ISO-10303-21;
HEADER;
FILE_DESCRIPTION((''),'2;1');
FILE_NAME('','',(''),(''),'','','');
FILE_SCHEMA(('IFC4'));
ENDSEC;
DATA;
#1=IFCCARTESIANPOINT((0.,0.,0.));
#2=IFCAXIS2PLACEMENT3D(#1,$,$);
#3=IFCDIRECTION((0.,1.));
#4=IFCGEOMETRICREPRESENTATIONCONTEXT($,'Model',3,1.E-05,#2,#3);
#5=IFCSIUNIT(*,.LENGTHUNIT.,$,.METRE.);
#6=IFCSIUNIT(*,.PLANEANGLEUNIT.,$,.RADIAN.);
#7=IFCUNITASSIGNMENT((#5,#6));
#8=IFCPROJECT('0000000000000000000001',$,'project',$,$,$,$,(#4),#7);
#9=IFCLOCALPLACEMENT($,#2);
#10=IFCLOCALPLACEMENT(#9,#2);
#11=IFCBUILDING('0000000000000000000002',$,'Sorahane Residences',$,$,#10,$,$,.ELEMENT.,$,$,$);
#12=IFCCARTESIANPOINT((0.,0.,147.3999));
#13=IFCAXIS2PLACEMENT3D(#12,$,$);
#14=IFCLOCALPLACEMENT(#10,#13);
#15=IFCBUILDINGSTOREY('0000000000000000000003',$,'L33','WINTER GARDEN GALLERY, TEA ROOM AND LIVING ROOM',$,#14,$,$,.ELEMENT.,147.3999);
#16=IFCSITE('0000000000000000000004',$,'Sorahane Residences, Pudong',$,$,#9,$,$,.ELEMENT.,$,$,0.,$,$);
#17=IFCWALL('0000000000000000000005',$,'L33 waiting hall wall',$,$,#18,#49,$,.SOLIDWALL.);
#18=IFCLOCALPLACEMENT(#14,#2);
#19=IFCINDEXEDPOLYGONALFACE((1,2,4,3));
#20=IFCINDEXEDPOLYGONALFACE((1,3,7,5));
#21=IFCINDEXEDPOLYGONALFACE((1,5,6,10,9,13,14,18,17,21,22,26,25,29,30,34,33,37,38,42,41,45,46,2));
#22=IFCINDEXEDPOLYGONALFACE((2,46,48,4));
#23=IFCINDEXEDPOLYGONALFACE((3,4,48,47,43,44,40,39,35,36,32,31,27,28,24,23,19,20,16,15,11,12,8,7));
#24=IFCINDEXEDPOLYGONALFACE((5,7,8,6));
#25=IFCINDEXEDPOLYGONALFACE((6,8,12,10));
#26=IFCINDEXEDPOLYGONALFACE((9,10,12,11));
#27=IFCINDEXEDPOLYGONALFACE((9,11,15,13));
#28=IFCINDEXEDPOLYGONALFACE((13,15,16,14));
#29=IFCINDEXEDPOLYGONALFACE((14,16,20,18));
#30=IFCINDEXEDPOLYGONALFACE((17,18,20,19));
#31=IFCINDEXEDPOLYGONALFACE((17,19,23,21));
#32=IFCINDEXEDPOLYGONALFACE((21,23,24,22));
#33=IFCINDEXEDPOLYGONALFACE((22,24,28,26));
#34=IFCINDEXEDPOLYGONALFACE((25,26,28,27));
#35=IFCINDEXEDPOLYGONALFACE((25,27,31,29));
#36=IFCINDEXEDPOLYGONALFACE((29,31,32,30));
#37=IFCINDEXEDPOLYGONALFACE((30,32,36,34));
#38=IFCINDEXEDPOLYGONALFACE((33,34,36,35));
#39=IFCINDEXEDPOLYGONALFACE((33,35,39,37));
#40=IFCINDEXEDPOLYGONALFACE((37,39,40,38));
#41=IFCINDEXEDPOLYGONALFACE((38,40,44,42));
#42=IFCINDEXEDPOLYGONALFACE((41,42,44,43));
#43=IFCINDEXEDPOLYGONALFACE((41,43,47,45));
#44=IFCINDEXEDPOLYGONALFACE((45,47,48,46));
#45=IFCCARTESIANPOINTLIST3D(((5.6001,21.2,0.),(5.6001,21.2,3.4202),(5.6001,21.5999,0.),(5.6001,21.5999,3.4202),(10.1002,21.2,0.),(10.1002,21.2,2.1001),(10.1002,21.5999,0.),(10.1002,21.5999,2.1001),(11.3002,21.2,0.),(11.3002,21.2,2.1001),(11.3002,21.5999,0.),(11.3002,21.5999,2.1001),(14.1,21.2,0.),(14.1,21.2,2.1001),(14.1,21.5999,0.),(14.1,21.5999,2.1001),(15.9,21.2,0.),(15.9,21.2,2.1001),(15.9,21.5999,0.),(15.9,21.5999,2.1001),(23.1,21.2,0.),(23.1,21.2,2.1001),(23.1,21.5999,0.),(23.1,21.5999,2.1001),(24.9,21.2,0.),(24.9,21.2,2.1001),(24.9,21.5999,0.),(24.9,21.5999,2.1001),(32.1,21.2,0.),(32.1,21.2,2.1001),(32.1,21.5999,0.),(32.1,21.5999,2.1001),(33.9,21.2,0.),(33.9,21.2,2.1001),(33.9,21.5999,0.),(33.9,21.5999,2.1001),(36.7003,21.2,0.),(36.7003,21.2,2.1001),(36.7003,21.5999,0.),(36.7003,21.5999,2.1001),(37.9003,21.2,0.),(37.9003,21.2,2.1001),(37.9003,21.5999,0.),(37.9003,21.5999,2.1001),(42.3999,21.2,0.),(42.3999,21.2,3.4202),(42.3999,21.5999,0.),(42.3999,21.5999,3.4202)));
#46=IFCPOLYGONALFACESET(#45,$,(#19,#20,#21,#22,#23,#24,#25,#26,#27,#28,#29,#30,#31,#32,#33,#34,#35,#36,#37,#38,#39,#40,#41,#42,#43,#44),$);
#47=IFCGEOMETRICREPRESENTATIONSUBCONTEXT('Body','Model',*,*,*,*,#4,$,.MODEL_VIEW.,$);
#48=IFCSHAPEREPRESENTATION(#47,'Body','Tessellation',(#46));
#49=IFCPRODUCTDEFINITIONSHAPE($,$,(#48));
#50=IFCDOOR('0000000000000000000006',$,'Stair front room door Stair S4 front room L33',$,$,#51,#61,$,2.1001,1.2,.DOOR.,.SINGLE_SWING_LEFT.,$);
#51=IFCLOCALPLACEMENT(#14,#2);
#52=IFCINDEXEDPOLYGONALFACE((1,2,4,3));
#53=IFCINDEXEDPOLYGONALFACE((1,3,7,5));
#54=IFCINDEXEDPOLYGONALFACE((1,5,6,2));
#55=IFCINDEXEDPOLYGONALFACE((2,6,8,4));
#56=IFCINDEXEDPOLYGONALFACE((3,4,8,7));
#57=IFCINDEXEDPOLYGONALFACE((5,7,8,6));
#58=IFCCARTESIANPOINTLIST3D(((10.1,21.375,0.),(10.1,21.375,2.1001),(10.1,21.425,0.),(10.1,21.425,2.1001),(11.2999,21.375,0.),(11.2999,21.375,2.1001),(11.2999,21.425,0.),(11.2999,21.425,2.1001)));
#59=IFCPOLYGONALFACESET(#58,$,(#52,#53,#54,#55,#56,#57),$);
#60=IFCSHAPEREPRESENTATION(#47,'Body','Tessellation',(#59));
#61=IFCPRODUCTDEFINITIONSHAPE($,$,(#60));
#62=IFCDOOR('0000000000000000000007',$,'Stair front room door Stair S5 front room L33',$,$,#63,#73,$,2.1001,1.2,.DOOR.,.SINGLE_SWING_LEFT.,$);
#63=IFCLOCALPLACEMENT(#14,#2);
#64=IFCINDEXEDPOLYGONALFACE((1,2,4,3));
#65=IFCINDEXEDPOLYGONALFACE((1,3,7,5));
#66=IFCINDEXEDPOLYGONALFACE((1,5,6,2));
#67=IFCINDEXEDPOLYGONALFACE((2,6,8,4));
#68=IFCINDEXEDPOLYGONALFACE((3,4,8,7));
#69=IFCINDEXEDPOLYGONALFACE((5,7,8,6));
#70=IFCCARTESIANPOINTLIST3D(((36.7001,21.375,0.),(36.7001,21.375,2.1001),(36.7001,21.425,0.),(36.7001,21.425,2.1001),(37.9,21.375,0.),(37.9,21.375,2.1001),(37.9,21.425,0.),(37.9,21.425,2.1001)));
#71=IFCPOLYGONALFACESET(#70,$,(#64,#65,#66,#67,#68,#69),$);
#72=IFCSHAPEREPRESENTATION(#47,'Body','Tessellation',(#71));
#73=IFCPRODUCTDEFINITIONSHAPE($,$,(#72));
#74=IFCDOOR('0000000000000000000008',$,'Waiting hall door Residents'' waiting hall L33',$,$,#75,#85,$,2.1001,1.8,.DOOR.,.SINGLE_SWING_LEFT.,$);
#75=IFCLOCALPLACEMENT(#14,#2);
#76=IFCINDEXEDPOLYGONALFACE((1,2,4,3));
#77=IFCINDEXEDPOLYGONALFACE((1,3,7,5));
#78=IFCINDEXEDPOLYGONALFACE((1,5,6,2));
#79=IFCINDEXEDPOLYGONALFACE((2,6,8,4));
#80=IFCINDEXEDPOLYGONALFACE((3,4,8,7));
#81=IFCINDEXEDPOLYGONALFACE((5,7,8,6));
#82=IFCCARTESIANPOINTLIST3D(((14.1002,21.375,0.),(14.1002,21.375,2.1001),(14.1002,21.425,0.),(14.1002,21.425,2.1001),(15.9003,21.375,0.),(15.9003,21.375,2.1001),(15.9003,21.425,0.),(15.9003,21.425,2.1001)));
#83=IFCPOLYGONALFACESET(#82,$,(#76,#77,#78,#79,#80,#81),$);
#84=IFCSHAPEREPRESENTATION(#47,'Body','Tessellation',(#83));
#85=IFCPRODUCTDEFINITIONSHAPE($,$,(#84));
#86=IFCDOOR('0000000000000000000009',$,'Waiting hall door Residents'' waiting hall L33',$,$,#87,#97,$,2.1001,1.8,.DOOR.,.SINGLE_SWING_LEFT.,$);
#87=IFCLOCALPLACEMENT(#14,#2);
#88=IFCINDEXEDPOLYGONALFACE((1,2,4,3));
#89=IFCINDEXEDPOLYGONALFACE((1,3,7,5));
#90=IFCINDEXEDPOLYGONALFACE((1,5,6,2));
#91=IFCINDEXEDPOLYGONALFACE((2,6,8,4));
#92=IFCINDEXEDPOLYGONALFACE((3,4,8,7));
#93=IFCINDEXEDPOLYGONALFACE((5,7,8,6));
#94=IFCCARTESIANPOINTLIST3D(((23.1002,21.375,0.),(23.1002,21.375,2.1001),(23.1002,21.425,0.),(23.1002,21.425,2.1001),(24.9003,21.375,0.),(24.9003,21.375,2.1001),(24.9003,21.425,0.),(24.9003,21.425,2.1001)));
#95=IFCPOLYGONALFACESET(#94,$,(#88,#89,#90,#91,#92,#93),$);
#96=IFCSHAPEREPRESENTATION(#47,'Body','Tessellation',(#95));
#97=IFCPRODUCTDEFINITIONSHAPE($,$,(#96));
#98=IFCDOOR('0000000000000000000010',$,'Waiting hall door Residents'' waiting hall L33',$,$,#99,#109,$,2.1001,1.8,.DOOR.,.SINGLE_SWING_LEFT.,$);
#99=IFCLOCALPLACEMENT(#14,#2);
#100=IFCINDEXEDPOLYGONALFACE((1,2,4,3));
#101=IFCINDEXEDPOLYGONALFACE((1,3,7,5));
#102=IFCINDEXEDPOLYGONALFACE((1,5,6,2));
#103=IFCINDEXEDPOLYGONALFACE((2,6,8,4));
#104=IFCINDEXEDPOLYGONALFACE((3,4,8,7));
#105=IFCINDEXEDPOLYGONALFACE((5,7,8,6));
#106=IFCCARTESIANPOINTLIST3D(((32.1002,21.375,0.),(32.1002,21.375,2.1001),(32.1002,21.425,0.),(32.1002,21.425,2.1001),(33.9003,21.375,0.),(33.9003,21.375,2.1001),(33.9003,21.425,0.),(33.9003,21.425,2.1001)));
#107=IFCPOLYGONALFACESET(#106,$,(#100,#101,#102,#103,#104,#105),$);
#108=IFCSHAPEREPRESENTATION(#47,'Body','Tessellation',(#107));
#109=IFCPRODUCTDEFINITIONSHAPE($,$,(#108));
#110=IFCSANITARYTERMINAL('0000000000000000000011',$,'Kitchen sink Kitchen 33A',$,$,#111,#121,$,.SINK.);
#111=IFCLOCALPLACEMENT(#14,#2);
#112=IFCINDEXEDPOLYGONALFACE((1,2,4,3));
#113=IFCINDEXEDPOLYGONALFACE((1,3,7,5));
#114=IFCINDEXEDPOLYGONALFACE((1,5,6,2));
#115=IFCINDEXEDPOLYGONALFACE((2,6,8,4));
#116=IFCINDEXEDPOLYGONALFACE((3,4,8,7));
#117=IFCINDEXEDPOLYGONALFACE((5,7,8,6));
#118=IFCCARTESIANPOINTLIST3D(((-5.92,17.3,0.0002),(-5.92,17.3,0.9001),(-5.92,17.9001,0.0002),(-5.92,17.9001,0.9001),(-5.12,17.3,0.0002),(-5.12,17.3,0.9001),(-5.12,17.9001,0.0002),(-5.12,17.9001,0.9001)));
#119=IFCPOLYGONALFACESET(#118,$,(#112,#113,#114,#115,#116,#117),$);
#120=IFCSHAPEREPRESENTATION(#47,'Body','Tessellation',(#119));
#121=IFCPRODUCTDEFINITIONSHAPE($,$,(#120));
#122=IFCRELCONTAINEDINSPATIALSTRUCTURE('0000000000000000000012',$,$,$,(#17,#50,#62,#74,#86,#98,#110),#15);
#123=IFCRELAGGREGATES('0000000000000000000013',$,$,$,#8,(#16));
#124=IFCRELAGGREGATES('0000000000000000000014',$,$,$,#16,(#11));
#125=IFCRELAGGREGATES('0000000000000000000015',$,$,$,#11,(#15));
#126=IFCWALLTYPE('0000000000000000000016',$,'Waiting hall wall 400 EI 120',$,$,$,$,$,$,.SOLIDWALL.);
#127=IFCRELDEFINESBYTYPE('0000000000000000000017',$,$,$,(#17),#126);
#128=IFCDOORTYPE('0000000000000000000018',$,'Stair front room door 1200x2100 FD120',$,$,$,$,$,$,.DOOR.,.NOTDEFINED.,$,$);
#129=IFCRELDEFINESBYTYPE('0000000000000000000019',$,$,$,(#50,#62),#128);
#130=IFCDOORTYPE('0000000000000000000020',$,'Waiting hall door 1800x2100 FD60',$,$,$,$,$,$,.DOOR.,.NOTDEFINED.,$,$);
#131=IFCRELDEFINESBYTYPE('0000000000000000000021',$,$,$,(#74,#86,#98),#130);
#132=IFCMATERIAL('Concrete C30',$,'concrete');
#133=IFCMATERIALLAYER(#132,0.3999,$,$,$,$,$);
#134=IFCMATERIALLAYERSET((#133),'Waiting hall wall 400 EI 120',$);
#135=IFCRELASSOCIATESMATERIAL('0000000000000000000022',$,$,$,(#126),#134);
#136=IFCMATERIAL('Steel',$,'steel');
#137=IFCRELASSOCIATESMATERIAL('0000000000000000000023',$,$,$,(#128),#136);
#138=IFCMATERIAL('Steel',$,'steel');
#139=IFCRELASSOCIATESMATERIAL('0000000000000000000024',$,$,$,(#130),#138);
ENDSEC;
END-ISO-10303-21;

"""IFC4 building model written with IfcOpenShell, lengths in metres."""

from ifc_helpers import new_model, si_unit, direction, frame, frame_2d, origin, origin_2d, place, context, subcontext, project, spatial, rectangle, extrude, material, layer, layer_set, type_object, element, fill, save


model = new_model("IFC4")

# Units and contexts
model_context = context("Model", 3, precision=1e-05, world=origin(), true_north=direction((0.0, 1.0)))
body_context = subcontext(model_context, "Body", "Model", "MODEL_VIEW")
ifc_project = project(units=[si_unit("LENGTHUNIT", "METRE"), si_unit("PLANEANGLEUNIT", "RADIAN")], contexts=[model_context])

# Site, building, storey
site_placement = place(None, origin())
site = spatial("IfcSite", under=ifc_project, at=site_placement, Name="Sorahane Residences, Pudong", CompositionType="ELEMENT", RefElevation=0.0)
building_placement = place(site_placement, origin())
building = spatial("IfcBuilding", under=site, at=building_placement, Name="Sorahane Residences", CompositionType="ELEMENT")
storey_placement = place(building_placement, frame((0.0, 0.0, 147.3999)))
storey = spatial("IfcBuildingStorey", under=building, at=storey_placement, Name="L33", Description="WINTER GARDEN GALLERY, TEA ROOM AND LIVING ROOM", CompositionType="ELEMENT", Elevation=147.3999)

# Wall, openings, doors
ifc_material_1 = material(Name="Concrete C30", Category="concrete")
ifc_layer_1 = layer(ifc_material_1, 0.3999)
ifc_layer_set_1 = layer_set([ifc_layer_1], Name="Waiting hall wall 400 EI 120")
wall_type_1 = type_object("IfcWallType", Name="Waiting hall wall 400 EI 120", PredefinedType="SOLIDWALL", material=ifc_layer_set_1)
wall_1_placement = place(storey_placement, frame((5.6001, 21.3999, 0.0), z_axis=(0.0, 0.0, 1.0), x_axis=(1.0, 0.0, 0.0)))
wall_1 = element("IfcWall", 1, at=wall_1_placement, inside=storey, type_object=wall_type_1, Name="L33 waiting hall wall", PredefinedType="SOLIDWALL", context=body_context, shape_type="SweptSolid", body=[
    extrude(rectangle(XDim=36.7998, YDim=0.3999, at=frame_2d((18.3999, 0.0))), origin(), (0.0, 0.0, 1.0), 3.4202),
])
opening_1_placement = place(wall_1_placement, frame((8.5, 0.0, 0.0)))
opening_1 = element("IfcOpeningElement", 2, at=opening_1_placement, cuts=wall_1, PredefinedType="OPENING", context=body_context, shape_type="SweptSolid", body=[
    extrude(rectangle(XDim=1.8, YDim=2.1001, at=frame_2d((0.8999, 1.05))), frame((0.0, 0.21, 0.0), z_axis=(0.0, -1.0, 0.0), x_axis=(1.0, 0.0, 0.0)), (0.0, 0.0, 1.0), 0.4199),
])
opening_2_placement = place(wall_1_placement, frame((17.5, 0.0, 0.0)))
opening_2 = element("IfcOpeningElement", 3, at=opening_2_placement, cuts=wall_1, PredefinedType="OPENING", context=body_context, shape_type="SweptSolid", body=[
    extrude(rectangle(XDim=1.8, YDim=2.1001, at=frame_2d((0.8999, 1.05))), frame((0.0, 0.21, 0.0), z_axis=(0.0, -1.0, 0.0), x_axis=(1.0, 0.0, 0.0)), (0.0, 0.0, 1.0), 0.4199),
])
opening_3_placement = place(wall_1_placement, frame((26.5, 0.0, 0.0)))
opening_3 = element("IfcOpeningElement", 4, at=opening_3_placement, cuts=wall_1, PredefinedType="OPENING", context=body_context, shape_type="SweptSolid", body=[
    extrude(rectangle(XDim=1.8, YDim=2.1001, at=frame_2d((0.8999, 1.05))), frame((0.0, 0.21, 0.0), z_axis=(0.0, -1.0, 0.0), x_axis=(1.0, 0.0, 0.0)), (0.0, 0.0, 1.0), 0.4199),
])
opening_4_placement = place(wall_1_placement, frame((4.5, 0.0, 0.0)))
opening_4 = element("IfcOpeningElement", 5, at=opening_4_placement, cuts=wall_1, PredefinedType="OPENING", context=body_context, shape_type="SweptSolid", body=[
    extrude(rectangle(XDim=1.2, YDim=2.1001, at=frame_2d((0.6001, 1.05))), frame((0.0, 0.21, 0.0), z_axis=(0.0, -1.0, 0.0), x_axis=(1.0, 0.0, 0.0)), (0.0, 0.0, 1.0), 0.4199),
])
opening_5_placement = place(wall_1_placement, frame((31.1001, 0.0, 0.0)))
opening_5 = element("IfcOpeningElement", 6, at=opening_5_placement, cuts=wall_1, PredefinedType="OPENING", context=body_context, shape_type="SweptSolid", body=[
    extrude(rectangle(XDim=1.2, YDim=2.1001, at=frame_2d((0.6001, 1.05))), frame((0.0, 0.21, 0.0), z_axis=(0.0, -1.0, 0.0), x_axis=(1.0, 0.0, 0.0)), (0.0, 0.0, 1.0), 0.4199),
])
ifc_material_2 = material(Name="Steel", Category="steel")
door_type_1 = type_object("IfcDoorType", Name="Stair front room door 1200x2100 FD120", OperationType="NOTDEFINED", PredefinedType="DOOR", material=ifc_material_2)
door_1_placement = place(opening_4_placement, frame((1.2, 0.0, 0.0), z_axis=(0.0, 0.0, 1.0), x_axis=(-1.0, 0.0, 0.0)))
door_1 = element("IfcDoor", 7, at=door_1_placement, inside=storey, type_object=door_type_1, Name="Stair front room door Stair S4 front room L33", OperationType="SINGLE_SWING_LEFT", OverallHeight=2.1001, OverallWidth=1.2, PredefinedType="DOOR", context=body_context, shape_type="SweptSolid", body=[
    extrude(rectangle(XDim=1.2, YDim=2.1001, at=frame_2d((0.6001, 1.05))), frame((0.0, 0.0249, 0.0), z_axis=(0.0, -1.0, 0.0), x_axis=(1.0, 0.0, 0.0)), (0.0, 0.0, 1.0), 0.05),
])
fill(opening_4, door_1)
door_2_placement = place(opening_5_placement, frame((1.2, 0.0, 0.0), z_axis=(0.0, 0.0, 1.0), x_axis=(-1.0, 0.0, 0.0)))
door_2 = element("IfcDoor", 8, at=door_2_placement, inside=storey, type_object=door_type_1, Name="Stair front room door Stair S5 front room L33", OperationType="SINGLE_SWING_LEFT", OverallHeight=2.1001, OverallWidth=1.2, PredefinedType="DOOR", context=body_context, shape_type="SweptSolid", body=[
    extrude(rectangle(XDim=1.2, YDim=2.1001, at=frame_2d((0.6001, 1.05))), frame((0.0, 0.0249, 0.0), z_axis=(0.0, -1.0, 0.0), x_axis=(1.0, 0.0, 0.0)), (0.0, 0.0, 1.0), 0.05),
])
fill(opening_5, door_2)
ifc_material_3 = material(Name="Steel", Category="steel")
door_type_2 = type_object("IfcDoorType", Name="Waiting hall door 1800x2100 FD60", OperationType="NOTDEFINED", PredefinedType="DOOR", material=ifc_material_3)
door_3_placement = place(opening_1_placement, frame((1.8, 0.0, 0.0), z_axis=(0.0, 0.0, 1.0), x_axis=(-1.0, 0.0, 0.0)))
door_3 = element("IfcDoor", 9, at=door_3_placement, inside=storey, type_object=door_type_2, Name="Waiting hall door Residents' waiting hall L33", OperationType="SINGLE_SWING_LEFT", OverallHeight=2.1001, OverallWidth=1.8, PredefinedType="DOOR", context=body_context, shape_type="SweptSolid", body=[
    extrude(rectangle(XDim=1.8, YDim=2.1001, at=frame_2d((0.8999, 1.05))), frame((0.0, 0.0249, 0.0), z_axis=(0.0, -1.0, 0.0), x_axis=(1.0, 0.0, 0.0)), (0.0, 0.0, 1.0), 0.05),
])
fill(opening_1, door_3)
door_4_placement = place(opening_2_placement, frame((1.8, 0.0, 0.0), z_axis=(0.0, 0.0, 1.0), x_axis=(-1.0, 0.0, 0.0)))
door_4 = element("IfcDoor", 10, at=door_4_placement, inside=storey, type_object=door_type_2, Name="Waiting hall door Residents' waiting hall L33", OperationType="SINGLE_SWING_LEFT", OverallHeight=2.1001, OverallWidth=1.8, PredefinedType="DOOR", context=body_context, shape_type="SweptSolid", body=[
    extrude(rectangle(XDim=1.8, YDim=2.1001, at=frame_2d((0.8999, 1.05))), frame((0.0, 0.0249, 0.0), z_axis=(0.0, -1.0, 0.0), x_axis=(1.0, 0.0, 0.0)), (0.0, 0.0, 1.0), 0.05),
])
fill(opening_2, door_4)
door_5_placement = place(opening_3_placement, frame((1.8, 0.0, 0.0), z_axis=(0.0, 0.0, 1.0), x_axis=(-1.0, 0.0, 0.0)))
door_5 = element("IfcDoor", 11, at=door_5_placement, inside=storey, type_object=door_type_2, Name="Waiting hall door Residents' waiting hall L33", OperationType="SINGLE_SWING_LEFT", OverallHeight=2.1001, OverallWidth=1.8, PredefinedType="DOOR", context=body_context, shape_type="SweptSolid", body=[
    extrude(rectangle(XDim=1.8, YDim=2.1001, at=frame_2d((0.8999, 1.05))), frame((0.0, 0.0249, 0.0), z_axis=(0.0, -1.0, 0.0), x_axis=(1.0, 0.0, 0.0)), (0.0, 0.0, 1.0), 0.05),
])
fill(opening_3, door_5)

# Sanitary terminal
sanitary_terminal_placement = place(storey_placement, frame((-5.52, 17.6001, 0.0002), z_axis=(0.0, 0.0, 1.0), x_axis=(1.0, 0.0, 0.0)))
element("IfcSanitaryTerminal", 12, at=sanitary_terminal_placement, inside=storey, Name="Kitchen sink Kitchen 33A", PredefinedType="SINK", context=body_context, shape_type="SweptSolid", body=[
    extrude(rectangle(XDim=0.8, YDim=0.6001, at=origin_2d()), origin(), (0.0, 0.0, 1.0), 0.8999),
])

save(model, "model.ifc")
